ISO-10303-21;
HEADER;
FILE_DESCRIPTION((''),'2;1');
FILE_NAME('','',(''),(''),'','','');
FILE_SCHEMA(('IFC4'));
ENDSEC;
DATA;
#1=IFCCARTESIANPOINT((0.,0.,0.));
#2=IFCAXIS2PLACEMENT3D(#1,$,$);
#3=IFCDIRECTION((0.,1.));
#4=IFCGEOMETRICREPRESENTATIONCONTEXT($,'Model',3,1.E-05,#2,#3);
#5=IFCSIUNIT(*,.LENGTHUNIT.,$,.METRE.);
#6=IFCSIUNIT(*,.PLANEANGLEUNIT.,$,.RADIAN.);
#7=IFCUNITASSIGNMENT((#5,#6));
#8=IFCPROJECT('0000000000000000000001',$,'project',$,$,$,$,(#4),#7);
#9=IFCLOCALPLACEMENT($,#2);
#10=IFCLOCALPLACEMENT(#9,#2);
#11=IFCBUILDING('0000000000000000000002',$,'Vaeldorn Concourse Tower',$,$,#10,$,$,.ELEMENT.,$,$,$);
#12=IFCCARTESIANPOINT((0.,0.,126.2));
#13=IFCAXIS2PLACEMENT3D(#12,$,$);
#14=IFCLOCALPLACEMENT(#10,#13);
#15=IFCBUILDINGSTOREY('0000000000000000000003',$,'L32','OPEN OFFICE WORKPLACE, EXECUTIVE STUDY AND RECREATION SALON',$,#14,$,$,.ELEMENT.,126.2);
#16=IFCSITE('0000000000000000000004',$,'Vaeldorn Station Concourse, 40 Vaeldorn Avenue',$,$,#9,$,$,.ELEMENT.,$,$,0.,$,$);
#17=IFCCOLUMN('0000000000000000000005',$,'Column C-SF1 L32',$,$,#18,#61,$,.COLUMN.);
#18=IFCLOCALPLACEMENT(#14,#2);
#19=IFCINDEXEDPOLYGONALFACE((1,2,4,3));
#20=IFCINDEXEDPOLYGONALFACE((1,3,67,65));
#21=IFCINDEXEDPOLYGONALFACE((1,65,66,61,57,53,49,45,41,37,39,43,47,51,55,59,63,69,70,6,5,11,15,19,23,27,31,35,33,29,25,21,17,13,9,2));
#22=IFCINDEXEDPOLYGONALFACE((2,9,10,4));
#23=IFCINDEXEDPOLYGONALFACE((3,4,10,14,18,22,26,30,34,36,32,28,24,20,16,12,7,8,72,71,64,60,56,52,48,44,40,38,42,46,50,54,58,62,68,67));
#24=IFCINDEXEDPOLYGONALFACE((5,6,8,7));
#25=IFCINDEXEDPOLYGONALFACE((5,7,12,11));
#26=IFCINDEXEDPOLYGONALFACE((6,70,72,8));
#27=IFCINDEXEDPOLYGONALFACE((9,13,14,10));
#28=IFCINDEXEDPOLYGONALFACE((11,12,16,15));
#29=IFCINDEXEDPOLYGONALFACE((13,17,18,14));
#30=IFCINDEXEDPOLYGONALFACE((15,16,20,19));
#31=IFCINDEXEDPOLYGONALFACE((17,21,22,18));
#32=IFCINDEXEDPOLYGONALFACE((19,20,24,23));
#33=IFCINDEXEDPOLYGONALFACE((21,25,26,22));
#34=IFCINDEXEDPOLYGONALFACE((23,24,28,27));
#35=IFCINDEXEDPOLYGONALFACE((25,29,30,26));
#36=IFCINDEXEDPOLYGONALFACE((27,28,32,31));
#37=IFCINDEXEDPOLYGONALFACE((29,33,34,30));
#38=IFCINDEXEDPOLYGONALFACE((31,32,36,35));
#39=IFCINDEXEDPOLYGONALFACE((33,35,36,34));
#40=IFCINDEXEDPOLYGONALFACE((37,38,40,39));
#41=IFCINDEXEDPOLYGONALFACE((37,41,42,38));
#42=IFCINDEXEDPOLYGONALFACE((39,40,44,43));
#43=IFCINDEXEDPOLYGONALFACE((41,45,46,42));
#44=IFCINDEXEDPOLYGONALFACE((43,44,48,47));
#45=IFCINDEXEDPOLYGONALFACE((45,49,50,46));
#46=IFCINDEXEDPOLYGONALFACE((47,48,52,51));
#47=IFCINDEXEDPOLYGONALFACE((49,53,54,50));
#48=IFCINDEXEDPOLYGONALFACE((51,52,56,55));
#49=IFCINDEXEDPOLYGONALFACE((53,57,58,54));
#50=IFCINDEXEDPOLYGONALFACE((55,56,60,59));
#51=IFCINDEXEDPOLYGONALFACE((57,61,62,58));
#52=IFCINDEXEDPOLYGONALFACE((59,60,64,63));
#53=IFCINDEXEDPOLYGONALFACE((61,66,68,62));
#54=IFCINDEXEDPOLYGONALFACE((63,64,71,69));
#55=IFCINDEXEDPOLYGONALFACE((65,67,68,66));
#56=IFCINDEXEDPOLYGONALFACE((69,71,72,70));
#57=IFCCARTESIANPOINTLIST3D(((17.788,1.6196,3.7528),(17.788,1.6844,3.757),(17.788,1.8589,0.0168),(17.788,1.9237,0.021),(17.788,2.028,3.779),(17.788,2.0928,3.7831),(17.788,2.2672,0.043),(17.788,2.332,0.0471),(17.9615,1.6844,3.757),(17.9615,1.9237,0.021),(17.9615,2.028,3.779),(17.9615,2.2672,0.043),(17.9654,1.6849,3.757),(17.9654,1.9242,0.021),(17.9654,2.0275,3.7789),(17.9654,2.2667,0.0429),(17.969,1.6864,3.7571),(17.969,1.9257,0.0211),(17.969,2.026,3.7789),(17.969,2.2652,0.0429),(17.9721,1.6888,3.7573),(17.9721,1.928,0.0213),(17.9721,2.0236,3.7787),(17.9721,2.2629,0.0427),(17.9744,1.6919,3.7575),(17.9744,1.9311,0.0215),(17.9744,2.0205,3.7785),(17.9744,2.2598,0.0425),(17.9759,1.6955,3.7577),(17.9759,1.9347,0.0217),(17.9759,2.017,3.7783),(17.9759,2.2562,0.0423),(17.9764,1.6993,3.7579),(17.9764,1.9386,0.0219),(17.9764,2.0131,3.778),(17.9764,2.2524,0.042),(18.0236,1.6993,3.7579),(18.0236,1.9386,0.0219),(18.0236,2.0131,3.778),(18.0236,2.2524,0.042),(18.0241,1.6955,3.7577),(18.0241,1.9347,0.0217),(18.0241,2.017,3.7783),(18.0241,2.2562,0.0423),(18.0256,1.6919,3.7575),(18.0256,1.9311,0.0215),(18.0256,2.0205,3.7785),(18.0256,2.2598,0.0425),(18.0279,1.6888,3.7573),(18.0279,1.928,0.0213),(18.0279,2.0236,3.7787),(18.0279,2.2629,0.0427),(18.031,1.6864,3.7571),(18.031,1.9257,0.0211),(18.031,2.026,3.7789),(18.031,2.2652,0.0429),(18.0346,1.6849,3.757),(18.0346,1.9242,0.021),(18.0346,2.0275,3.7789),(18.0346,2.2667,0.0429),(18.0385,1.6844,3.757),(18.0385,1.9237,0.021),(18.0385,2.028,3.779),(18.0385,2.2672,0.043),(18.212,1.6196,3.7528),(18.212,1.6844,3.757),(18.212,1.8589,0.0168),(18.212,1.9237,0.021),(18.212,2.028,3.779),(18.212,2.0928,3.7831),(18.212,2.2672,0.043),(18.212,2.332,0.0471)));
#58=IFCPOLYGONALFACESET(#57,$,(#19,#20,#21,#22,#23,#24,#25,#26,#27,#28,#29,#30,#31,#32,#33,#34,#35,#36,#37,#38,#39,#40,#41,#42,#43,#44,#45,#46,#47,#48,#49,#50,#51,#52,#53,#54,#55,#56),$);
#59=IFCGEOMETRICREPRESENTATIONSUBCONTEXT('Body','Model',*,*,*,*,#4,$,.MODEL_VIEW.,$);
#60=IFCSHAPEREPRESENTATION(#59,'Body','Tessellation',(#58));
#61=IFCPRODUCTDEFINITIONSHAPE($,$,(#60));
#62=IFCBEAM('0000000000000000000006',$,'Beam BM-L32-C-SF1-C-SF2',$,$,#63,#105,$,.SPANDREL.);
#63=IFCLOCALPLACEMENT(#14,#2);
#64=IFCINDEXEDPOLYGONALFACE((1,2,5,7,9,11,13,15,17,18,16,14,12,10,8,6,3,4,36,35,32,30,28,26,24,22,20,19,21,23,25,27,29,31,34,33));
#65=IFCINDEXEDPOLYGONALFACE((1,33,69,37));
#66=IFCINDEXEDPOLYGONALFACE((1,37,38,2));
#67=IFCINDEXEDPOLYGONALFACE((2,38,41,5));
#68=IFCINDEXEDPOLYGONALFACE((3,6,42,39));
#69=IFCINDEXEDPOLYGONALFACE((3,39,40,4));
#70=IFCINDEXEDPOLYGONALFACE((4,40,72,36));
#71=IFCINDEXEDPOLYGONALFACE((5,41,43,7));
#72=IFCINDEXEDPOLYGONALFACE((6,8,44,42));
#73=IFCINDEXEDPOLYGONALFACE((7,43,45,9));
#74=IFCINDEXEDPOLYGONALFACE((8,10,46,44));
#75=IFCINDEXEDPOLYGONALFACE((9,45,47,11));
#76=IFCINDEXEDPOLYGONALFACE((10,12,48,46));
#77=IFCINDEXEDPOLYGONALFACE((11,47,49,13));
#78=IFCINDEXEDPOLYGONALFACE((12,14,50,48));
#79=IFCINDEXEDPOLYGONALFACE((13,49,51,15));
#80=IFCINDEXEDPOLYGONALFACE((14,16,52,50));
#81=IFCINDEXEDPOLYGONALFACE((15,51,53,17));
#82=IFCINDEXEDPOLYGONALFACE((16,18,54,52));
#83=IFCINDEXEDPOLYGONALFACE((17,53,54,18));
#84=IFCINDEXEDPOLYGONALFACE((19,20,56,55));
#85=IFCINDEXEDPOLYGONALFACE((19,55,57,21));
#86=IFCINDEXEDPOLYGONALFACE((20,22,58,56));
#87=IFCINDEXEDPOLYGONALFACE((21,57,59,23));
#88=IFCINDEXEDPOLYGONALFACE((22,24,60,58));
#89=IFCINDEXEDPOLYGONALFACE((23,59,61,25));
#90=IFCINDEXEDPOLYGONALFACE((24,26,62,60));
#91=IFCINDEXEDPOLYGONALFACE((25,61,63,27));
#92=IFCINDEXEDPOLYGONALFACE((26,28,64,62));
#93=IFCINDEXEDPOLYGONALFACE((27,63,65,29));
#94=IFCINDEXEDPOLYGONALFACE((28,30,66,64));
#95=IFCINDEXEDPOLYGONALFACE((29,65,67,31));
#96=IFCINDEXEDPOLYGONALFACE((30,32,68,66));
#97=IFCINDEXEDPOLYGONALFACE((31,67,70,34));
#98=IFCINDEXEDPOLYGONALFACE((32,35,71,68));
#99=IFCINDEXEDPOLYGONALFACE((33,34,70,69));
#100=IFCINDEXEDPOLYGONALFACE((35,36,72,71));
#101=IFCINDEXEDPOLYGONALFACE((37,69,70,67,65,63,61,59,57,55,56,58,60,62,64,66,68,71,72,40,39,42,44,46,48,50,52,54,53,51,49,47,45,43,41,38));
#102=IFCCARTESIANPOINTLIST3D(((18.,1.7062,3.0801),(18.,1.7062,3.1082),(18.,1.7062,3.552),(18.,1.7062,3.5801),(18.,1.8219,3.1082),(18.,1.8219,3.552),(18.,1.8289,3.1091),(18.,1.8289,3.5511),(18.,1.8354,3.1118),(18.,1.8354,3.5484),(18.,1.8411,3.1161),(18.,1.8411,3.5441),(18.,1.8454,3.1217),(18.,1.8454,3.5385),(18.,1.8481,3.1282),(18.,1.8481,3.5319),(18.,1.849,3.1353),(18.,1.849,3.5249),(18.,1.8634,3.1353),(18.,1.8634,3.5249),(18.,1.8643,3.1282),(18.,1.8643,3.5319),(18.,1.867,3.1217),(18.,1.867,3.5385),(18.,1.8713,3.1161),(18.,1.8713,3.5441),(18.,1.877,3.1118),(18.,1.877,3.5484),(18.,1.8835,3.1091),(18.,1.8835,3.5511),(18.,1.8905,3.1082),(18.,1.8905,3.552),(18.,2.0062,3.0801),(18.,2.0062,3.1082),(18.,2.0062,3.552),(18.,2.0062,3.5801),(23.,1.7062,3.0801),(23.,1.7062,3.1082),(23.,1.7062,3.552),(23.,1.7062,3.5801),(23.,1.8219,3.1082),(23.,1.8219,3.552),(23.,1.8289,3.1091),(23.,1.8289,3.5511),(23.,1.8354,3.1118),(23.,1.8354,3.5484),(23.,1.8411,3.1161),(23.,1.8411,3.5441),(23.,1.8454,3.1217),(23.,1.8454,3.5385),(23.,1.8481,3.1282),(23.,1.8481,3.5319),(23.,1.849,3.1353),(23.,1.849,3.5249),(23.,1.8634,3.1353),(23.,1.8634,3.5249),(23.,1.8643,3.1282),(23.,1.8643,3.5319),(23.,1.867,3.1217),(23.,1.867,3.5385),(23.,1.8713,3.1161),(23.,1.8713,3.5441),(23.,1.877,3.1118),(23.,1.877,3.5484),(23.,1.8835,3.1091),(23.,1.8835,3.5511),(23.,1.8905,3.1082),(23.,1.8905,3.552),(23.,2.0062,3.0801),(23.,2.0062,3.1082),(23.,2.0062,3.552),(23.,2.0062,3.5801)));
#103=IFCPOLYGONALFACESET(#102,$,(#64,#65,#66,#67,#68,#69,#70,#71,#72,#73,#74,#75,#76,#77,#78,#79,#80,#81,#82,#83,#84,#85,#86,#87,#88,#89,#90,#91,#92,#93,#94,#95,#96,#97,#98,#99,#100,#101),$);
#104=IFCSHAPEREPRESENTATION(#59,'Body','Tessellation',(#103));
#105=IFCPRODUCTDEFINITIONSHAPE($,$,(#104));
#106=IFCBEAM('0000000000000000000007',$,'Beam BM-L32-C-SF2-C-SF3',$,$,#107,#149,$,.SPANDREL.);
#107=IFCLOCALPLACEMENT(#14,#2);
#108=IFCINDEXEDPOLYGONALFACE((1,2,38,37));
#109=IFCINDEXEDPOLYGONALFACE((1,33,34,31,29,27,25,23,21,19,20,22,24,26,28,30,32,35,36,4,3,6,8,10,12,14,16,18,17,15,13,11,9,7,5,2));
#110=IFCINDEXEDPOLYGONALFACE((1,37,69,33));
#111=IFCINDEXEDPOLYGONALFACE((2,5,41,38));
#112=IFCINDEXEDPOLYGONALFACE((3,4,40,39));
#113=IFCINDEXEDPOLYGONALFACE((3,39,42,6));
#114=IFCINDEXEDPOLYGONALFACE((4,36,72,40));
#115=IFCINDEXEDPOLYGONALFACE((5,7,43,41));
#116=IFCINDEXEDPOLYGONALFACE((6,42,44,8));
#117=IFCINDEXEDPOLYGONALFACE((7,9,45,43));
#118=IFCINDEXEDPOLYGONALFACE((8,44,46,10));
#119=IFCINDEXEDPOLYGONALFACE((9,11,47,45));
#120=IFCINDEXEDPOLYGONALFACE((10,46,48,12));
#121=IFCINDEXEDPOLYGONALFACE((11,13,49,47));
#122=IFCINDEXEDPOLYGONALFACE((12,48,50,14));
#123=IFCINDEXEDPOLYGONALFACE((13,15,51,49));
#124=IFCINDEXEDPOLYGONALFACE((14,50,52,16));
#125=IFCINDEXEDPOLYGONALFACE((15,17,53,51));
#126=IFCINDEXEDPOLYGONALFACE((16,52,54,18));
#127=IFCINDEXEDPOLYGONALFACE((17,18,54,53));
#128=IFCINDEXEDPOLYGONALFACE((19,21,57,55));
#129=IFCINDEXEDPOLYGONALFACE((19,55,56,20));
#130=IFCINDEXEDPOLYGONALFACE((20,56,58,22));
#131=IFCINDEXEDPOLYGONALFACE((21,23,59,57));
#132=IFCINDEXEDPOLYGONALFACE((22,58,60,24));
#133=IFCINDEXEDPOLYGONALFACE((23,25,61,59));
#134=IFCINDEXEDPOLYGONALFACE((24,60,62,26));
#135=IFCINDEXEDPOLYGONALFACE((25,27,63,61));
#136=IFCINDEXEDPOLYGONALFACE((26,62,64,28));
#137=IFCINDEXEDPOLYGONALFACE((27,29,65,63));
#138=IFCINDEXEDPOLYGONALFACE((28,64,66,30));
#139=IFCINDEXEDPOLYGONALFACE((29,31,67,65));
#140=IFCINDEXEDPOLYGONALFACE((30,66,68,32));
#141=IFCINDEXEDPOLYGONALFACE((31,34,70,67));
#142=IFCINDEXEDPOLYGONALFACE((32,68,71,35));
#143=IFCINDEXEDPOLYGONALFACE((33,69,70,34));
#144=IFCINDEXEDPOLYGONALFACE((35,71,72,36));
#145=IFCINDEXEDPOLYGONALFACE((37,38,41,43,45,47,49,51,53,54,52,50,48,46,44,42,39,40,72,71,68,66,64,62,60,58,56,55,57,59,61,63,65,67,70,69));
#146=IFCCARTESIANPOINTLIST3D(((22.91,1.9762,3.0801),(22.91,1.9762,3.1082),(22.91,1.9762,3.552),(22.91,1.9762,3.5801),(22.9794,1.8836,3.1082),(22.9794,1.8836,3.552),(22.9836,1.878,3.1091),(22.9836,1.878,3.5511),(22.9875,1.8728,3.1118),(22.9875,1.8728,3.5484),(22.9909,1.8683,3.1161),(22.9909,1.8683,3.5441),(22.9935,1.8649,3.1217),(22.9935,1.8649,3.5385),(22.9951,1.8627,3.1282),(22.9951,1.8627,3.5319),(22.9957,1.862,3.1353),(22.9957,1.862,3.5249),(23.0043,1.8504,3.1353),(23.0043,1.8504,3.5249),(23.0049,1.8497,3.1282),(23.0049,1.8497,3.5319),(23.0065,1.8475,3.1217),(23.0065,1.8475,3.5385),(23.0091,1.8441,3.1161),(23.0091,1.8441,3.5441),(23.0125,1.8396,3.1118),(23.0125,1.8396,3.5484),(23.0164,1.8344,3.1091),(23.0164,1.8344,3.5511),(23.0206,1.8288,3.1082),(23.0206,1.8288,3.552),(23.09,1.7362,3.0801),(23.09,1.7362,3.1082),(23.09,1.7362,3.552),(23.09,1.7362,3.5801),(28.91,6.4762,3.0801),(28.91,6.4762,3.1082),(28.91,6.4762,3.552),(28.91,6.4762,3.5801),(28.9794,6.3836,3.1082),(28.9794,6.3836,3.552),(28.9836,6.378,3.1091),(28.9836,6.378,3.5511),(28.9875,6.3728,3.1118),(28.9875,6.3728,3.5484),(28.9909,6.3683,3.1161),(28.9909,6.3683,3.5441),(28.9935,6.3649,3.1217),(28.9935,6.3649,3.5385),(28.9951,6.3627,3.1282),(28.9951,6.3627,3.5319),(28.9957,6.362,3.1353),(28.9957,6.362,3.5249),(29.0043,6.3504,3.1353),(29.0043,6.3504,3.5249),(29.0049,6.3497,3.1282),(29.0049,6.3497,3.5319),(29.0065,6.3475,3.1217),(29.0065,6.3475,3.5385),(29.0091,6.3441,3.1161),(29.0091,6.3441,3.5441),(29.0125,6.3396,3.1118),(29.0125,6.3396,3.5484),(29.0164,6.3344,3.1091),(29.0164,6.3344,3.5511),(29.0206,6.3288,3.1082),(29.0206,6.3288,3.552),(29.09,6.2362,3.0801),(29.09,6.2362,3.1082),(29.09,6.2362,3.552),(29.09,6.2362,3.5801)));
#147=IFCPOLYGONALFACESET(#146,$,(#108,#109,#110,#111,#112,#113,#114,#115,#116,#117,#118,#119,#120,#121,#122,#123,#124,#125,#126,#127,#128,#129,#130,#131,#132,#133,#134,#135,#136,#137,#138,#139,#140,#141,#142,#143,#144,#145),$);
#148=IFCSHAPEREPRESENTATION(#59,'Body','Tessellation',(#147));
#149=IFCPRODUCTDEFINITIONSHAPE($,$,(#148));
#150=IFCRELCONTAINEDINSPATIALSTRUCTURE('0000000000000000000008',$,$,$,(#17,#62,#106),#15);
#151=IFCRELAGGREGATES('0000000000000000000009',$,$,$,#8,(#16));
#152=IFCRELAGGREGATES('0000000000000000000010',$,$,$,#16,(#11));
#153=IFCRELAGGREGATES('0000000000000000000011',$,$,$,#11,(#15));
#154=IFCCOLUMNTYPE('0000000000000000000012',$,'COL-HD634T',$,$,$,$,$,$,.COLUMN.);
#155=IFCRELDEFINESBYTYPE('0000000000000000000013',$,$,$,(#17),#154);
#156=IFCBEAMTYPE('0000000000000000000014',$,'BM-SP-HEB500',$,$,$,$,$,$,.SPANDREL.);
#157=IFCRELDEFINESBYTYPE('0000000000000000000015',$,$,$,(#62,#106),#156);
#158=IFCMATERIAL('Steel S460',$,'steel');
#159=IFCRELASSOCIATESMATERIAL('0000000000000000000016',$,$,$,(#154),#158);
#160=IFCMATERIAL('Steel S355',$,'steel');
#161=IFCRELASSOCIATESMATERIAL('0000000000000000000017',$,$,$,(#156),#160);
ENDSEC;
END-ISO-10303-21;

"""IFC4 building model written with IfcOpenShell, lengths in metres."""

from ifc_helpers import new_model, si_unit, direction, frame, origin, origin_2d, place, context, subcontext, project, spatial, i_section, extrude, source, transform, mapped, material, material_profile, profile_set, type_object, element, save


model = new_model("IFC4")

# Units and contexts
model_context = context("Model", 3, precision=1e-05, world=origin(), true_north=direction((0.0, 1.0)))
body_context = subcontext(model_context, "Body", "Model", "MODEL_VIEW")
ifc_project = project(units=[si_unit("LENGTHUNIT", "METRE"), si_unit("PLANEANGLEUNIT", "RADIAN")], contexts=[model_context])

# Site, building, storey
site_placement = place(None, origin())
site = spatial("IfcSite", under=ifc_project, at=site_placement, Name="Vaeldorn Station Concourse, 40 Vaeldorn Avenue", CompositionType="ELEMENT", RefElevation=0.0)
building_placement = place(site_placement, origin())
building = spatial("IfcBuilding", under=site, at=building_placement, Name="Vaeldorn Concourse Tower", CompositionType="ELEMENT")
storey_placement = place(building_placement, frame((0.0, 0.0, 126.2)))
storey = spatial("IfcBuildingStorey", under=building, at=storey_placement, Name="L32", Description="OPEN OFFICE WORKPLACE, EXECUTIVE STUDY AND RECREATION SALON", CompositionType="ELEMENT", Elevation=126.2)

# Column
ifc_material_1 = material(Name="Steel S460", Category="steel")
ifc_material_profile_1 = material_profile(ifc_material_1, i_section(OverallWidth=0.4241, OverallDepth=0.4741, WebThickness=0.0471, FlangeThickness=0.0649, FilletRadius=0.0149, at=origin_2d()), Name="HD 400x634")
ifc_profile_set_1 = profile_set([ifc_material_profile_1], Name="Steel S460")
column_type = type_object("IfcColumnType", Name="COL-HD634T", PredefinedType="COLUMN", material=ifc_profile_set_1)
shared_shape_1 = source(origin(), body_context, "Body", "SweptSolid", [
    extrude(i_section(OverallWidth=0.4241, OverallDepth=0.4741, WebThickness=0.0471, FlangeThickness=0.0649, FilletRadius=0.0149, at=origin_2d()), origin(), (0.0, 0.0, 1.0), 3.7437),
])
column_placement = place(storey_placement, frame((18.0, 2.0955, 0.032), z_axis=(0.0, -0.063909, 0.997956), x_axis=(1.0, 0.0, 0.0)))
element("IfcColumn", 1, at=column_placement, inside=storey, type_object=column_type, Name="Column C-SF1 L32", PredefinedType="COLUMN", context=body_context, shape_type="MappedRepresentation", body=[
    mapped(shared_shape_1, transform((0.0, 0.0, 0.0), scale=1.0)),
])

# Beams
ifc_material_2 = material(Name="Steel S355", Category="steel")
ifc_material_profile_2 = material_profile(ifc_material_2, i_section(OverallWidth=0.3, OverallDepth=0.5, WebThickness=0.0144, FlangeThickness=0.0281, FilletRadius=0.0271, at=origin_2d()), Name="HEB 500")
ifc_profile_set_2 = profile_set([ifc_material_profile_2], Name="Steel S355")
beam_type_1 = type_object("IfcBeamType", Name="BM-SP-HEB500", PredefinedType="SPANDREL", material=ifc_profile_set_2)
shared_shape_2 = source(origin(), body_context, "Body", "SweptSolid", [
    extrude(i_section(OverallWidth=0.3, OverallDepth=0.5, WebThickness=0.0144, FlangeThickness=0.0281, FilletRadius=0.0271, at=origin_2d()), origin(), (0.0, 0.0, 1.0), 5.0),
])
beam_1_placement = place(storey_placement, frame((18.0, 1.8562, 3.3301), z_axis=(1.0, 0.0, 0.0), x_axis=(0.0, 1.0, 0.0)))
element("IfcBeam", 2, at=beam_1_placement, inside=storey, type_object=beam_type_1, Name="Beam BM-L32-C-SF1-C-SF2", PredefinedType="SPANDREL", context=body_context, shape_type="MappedRepresentation", body=[
    mapped(shared_shape_2, transform((0.0, 0.0, 0.0), scale=1.0)),
])
shared_shape_3 = source(origin(), body_context, "Body", "SweptSolid", [
    extrude(i_section(OverallWidth=0.3, OverallDepth=0.5, WebThickness=0.0144, FlangeThickness=0.0281, FilletRadius=0.0271, at=origin_2d()), origin(), (0.0, 0.0, 1.0), 7.5),
])
beam_2_placement = place(storey_placement, frame((23.0, 1.8562, 3.3301), z_axis=(0.8, 0.6, 0.0), x_axis=(-0.6, 0.8, 0.0)))
element("IfcBeam", 3, at=beam_2_placement, inside=storey, type_object=beam_type_1, Name="Beam BM-L32-C-SF2-C-SF3", PredefinedType="SPANDREL", context=body_context, shape_type="MappedRepresentation", body=[
    mapped(shared_shape_3, transform((0.0, 0.0, 0.0), scale=1.0)),
])

save(model, "model.ifc")
